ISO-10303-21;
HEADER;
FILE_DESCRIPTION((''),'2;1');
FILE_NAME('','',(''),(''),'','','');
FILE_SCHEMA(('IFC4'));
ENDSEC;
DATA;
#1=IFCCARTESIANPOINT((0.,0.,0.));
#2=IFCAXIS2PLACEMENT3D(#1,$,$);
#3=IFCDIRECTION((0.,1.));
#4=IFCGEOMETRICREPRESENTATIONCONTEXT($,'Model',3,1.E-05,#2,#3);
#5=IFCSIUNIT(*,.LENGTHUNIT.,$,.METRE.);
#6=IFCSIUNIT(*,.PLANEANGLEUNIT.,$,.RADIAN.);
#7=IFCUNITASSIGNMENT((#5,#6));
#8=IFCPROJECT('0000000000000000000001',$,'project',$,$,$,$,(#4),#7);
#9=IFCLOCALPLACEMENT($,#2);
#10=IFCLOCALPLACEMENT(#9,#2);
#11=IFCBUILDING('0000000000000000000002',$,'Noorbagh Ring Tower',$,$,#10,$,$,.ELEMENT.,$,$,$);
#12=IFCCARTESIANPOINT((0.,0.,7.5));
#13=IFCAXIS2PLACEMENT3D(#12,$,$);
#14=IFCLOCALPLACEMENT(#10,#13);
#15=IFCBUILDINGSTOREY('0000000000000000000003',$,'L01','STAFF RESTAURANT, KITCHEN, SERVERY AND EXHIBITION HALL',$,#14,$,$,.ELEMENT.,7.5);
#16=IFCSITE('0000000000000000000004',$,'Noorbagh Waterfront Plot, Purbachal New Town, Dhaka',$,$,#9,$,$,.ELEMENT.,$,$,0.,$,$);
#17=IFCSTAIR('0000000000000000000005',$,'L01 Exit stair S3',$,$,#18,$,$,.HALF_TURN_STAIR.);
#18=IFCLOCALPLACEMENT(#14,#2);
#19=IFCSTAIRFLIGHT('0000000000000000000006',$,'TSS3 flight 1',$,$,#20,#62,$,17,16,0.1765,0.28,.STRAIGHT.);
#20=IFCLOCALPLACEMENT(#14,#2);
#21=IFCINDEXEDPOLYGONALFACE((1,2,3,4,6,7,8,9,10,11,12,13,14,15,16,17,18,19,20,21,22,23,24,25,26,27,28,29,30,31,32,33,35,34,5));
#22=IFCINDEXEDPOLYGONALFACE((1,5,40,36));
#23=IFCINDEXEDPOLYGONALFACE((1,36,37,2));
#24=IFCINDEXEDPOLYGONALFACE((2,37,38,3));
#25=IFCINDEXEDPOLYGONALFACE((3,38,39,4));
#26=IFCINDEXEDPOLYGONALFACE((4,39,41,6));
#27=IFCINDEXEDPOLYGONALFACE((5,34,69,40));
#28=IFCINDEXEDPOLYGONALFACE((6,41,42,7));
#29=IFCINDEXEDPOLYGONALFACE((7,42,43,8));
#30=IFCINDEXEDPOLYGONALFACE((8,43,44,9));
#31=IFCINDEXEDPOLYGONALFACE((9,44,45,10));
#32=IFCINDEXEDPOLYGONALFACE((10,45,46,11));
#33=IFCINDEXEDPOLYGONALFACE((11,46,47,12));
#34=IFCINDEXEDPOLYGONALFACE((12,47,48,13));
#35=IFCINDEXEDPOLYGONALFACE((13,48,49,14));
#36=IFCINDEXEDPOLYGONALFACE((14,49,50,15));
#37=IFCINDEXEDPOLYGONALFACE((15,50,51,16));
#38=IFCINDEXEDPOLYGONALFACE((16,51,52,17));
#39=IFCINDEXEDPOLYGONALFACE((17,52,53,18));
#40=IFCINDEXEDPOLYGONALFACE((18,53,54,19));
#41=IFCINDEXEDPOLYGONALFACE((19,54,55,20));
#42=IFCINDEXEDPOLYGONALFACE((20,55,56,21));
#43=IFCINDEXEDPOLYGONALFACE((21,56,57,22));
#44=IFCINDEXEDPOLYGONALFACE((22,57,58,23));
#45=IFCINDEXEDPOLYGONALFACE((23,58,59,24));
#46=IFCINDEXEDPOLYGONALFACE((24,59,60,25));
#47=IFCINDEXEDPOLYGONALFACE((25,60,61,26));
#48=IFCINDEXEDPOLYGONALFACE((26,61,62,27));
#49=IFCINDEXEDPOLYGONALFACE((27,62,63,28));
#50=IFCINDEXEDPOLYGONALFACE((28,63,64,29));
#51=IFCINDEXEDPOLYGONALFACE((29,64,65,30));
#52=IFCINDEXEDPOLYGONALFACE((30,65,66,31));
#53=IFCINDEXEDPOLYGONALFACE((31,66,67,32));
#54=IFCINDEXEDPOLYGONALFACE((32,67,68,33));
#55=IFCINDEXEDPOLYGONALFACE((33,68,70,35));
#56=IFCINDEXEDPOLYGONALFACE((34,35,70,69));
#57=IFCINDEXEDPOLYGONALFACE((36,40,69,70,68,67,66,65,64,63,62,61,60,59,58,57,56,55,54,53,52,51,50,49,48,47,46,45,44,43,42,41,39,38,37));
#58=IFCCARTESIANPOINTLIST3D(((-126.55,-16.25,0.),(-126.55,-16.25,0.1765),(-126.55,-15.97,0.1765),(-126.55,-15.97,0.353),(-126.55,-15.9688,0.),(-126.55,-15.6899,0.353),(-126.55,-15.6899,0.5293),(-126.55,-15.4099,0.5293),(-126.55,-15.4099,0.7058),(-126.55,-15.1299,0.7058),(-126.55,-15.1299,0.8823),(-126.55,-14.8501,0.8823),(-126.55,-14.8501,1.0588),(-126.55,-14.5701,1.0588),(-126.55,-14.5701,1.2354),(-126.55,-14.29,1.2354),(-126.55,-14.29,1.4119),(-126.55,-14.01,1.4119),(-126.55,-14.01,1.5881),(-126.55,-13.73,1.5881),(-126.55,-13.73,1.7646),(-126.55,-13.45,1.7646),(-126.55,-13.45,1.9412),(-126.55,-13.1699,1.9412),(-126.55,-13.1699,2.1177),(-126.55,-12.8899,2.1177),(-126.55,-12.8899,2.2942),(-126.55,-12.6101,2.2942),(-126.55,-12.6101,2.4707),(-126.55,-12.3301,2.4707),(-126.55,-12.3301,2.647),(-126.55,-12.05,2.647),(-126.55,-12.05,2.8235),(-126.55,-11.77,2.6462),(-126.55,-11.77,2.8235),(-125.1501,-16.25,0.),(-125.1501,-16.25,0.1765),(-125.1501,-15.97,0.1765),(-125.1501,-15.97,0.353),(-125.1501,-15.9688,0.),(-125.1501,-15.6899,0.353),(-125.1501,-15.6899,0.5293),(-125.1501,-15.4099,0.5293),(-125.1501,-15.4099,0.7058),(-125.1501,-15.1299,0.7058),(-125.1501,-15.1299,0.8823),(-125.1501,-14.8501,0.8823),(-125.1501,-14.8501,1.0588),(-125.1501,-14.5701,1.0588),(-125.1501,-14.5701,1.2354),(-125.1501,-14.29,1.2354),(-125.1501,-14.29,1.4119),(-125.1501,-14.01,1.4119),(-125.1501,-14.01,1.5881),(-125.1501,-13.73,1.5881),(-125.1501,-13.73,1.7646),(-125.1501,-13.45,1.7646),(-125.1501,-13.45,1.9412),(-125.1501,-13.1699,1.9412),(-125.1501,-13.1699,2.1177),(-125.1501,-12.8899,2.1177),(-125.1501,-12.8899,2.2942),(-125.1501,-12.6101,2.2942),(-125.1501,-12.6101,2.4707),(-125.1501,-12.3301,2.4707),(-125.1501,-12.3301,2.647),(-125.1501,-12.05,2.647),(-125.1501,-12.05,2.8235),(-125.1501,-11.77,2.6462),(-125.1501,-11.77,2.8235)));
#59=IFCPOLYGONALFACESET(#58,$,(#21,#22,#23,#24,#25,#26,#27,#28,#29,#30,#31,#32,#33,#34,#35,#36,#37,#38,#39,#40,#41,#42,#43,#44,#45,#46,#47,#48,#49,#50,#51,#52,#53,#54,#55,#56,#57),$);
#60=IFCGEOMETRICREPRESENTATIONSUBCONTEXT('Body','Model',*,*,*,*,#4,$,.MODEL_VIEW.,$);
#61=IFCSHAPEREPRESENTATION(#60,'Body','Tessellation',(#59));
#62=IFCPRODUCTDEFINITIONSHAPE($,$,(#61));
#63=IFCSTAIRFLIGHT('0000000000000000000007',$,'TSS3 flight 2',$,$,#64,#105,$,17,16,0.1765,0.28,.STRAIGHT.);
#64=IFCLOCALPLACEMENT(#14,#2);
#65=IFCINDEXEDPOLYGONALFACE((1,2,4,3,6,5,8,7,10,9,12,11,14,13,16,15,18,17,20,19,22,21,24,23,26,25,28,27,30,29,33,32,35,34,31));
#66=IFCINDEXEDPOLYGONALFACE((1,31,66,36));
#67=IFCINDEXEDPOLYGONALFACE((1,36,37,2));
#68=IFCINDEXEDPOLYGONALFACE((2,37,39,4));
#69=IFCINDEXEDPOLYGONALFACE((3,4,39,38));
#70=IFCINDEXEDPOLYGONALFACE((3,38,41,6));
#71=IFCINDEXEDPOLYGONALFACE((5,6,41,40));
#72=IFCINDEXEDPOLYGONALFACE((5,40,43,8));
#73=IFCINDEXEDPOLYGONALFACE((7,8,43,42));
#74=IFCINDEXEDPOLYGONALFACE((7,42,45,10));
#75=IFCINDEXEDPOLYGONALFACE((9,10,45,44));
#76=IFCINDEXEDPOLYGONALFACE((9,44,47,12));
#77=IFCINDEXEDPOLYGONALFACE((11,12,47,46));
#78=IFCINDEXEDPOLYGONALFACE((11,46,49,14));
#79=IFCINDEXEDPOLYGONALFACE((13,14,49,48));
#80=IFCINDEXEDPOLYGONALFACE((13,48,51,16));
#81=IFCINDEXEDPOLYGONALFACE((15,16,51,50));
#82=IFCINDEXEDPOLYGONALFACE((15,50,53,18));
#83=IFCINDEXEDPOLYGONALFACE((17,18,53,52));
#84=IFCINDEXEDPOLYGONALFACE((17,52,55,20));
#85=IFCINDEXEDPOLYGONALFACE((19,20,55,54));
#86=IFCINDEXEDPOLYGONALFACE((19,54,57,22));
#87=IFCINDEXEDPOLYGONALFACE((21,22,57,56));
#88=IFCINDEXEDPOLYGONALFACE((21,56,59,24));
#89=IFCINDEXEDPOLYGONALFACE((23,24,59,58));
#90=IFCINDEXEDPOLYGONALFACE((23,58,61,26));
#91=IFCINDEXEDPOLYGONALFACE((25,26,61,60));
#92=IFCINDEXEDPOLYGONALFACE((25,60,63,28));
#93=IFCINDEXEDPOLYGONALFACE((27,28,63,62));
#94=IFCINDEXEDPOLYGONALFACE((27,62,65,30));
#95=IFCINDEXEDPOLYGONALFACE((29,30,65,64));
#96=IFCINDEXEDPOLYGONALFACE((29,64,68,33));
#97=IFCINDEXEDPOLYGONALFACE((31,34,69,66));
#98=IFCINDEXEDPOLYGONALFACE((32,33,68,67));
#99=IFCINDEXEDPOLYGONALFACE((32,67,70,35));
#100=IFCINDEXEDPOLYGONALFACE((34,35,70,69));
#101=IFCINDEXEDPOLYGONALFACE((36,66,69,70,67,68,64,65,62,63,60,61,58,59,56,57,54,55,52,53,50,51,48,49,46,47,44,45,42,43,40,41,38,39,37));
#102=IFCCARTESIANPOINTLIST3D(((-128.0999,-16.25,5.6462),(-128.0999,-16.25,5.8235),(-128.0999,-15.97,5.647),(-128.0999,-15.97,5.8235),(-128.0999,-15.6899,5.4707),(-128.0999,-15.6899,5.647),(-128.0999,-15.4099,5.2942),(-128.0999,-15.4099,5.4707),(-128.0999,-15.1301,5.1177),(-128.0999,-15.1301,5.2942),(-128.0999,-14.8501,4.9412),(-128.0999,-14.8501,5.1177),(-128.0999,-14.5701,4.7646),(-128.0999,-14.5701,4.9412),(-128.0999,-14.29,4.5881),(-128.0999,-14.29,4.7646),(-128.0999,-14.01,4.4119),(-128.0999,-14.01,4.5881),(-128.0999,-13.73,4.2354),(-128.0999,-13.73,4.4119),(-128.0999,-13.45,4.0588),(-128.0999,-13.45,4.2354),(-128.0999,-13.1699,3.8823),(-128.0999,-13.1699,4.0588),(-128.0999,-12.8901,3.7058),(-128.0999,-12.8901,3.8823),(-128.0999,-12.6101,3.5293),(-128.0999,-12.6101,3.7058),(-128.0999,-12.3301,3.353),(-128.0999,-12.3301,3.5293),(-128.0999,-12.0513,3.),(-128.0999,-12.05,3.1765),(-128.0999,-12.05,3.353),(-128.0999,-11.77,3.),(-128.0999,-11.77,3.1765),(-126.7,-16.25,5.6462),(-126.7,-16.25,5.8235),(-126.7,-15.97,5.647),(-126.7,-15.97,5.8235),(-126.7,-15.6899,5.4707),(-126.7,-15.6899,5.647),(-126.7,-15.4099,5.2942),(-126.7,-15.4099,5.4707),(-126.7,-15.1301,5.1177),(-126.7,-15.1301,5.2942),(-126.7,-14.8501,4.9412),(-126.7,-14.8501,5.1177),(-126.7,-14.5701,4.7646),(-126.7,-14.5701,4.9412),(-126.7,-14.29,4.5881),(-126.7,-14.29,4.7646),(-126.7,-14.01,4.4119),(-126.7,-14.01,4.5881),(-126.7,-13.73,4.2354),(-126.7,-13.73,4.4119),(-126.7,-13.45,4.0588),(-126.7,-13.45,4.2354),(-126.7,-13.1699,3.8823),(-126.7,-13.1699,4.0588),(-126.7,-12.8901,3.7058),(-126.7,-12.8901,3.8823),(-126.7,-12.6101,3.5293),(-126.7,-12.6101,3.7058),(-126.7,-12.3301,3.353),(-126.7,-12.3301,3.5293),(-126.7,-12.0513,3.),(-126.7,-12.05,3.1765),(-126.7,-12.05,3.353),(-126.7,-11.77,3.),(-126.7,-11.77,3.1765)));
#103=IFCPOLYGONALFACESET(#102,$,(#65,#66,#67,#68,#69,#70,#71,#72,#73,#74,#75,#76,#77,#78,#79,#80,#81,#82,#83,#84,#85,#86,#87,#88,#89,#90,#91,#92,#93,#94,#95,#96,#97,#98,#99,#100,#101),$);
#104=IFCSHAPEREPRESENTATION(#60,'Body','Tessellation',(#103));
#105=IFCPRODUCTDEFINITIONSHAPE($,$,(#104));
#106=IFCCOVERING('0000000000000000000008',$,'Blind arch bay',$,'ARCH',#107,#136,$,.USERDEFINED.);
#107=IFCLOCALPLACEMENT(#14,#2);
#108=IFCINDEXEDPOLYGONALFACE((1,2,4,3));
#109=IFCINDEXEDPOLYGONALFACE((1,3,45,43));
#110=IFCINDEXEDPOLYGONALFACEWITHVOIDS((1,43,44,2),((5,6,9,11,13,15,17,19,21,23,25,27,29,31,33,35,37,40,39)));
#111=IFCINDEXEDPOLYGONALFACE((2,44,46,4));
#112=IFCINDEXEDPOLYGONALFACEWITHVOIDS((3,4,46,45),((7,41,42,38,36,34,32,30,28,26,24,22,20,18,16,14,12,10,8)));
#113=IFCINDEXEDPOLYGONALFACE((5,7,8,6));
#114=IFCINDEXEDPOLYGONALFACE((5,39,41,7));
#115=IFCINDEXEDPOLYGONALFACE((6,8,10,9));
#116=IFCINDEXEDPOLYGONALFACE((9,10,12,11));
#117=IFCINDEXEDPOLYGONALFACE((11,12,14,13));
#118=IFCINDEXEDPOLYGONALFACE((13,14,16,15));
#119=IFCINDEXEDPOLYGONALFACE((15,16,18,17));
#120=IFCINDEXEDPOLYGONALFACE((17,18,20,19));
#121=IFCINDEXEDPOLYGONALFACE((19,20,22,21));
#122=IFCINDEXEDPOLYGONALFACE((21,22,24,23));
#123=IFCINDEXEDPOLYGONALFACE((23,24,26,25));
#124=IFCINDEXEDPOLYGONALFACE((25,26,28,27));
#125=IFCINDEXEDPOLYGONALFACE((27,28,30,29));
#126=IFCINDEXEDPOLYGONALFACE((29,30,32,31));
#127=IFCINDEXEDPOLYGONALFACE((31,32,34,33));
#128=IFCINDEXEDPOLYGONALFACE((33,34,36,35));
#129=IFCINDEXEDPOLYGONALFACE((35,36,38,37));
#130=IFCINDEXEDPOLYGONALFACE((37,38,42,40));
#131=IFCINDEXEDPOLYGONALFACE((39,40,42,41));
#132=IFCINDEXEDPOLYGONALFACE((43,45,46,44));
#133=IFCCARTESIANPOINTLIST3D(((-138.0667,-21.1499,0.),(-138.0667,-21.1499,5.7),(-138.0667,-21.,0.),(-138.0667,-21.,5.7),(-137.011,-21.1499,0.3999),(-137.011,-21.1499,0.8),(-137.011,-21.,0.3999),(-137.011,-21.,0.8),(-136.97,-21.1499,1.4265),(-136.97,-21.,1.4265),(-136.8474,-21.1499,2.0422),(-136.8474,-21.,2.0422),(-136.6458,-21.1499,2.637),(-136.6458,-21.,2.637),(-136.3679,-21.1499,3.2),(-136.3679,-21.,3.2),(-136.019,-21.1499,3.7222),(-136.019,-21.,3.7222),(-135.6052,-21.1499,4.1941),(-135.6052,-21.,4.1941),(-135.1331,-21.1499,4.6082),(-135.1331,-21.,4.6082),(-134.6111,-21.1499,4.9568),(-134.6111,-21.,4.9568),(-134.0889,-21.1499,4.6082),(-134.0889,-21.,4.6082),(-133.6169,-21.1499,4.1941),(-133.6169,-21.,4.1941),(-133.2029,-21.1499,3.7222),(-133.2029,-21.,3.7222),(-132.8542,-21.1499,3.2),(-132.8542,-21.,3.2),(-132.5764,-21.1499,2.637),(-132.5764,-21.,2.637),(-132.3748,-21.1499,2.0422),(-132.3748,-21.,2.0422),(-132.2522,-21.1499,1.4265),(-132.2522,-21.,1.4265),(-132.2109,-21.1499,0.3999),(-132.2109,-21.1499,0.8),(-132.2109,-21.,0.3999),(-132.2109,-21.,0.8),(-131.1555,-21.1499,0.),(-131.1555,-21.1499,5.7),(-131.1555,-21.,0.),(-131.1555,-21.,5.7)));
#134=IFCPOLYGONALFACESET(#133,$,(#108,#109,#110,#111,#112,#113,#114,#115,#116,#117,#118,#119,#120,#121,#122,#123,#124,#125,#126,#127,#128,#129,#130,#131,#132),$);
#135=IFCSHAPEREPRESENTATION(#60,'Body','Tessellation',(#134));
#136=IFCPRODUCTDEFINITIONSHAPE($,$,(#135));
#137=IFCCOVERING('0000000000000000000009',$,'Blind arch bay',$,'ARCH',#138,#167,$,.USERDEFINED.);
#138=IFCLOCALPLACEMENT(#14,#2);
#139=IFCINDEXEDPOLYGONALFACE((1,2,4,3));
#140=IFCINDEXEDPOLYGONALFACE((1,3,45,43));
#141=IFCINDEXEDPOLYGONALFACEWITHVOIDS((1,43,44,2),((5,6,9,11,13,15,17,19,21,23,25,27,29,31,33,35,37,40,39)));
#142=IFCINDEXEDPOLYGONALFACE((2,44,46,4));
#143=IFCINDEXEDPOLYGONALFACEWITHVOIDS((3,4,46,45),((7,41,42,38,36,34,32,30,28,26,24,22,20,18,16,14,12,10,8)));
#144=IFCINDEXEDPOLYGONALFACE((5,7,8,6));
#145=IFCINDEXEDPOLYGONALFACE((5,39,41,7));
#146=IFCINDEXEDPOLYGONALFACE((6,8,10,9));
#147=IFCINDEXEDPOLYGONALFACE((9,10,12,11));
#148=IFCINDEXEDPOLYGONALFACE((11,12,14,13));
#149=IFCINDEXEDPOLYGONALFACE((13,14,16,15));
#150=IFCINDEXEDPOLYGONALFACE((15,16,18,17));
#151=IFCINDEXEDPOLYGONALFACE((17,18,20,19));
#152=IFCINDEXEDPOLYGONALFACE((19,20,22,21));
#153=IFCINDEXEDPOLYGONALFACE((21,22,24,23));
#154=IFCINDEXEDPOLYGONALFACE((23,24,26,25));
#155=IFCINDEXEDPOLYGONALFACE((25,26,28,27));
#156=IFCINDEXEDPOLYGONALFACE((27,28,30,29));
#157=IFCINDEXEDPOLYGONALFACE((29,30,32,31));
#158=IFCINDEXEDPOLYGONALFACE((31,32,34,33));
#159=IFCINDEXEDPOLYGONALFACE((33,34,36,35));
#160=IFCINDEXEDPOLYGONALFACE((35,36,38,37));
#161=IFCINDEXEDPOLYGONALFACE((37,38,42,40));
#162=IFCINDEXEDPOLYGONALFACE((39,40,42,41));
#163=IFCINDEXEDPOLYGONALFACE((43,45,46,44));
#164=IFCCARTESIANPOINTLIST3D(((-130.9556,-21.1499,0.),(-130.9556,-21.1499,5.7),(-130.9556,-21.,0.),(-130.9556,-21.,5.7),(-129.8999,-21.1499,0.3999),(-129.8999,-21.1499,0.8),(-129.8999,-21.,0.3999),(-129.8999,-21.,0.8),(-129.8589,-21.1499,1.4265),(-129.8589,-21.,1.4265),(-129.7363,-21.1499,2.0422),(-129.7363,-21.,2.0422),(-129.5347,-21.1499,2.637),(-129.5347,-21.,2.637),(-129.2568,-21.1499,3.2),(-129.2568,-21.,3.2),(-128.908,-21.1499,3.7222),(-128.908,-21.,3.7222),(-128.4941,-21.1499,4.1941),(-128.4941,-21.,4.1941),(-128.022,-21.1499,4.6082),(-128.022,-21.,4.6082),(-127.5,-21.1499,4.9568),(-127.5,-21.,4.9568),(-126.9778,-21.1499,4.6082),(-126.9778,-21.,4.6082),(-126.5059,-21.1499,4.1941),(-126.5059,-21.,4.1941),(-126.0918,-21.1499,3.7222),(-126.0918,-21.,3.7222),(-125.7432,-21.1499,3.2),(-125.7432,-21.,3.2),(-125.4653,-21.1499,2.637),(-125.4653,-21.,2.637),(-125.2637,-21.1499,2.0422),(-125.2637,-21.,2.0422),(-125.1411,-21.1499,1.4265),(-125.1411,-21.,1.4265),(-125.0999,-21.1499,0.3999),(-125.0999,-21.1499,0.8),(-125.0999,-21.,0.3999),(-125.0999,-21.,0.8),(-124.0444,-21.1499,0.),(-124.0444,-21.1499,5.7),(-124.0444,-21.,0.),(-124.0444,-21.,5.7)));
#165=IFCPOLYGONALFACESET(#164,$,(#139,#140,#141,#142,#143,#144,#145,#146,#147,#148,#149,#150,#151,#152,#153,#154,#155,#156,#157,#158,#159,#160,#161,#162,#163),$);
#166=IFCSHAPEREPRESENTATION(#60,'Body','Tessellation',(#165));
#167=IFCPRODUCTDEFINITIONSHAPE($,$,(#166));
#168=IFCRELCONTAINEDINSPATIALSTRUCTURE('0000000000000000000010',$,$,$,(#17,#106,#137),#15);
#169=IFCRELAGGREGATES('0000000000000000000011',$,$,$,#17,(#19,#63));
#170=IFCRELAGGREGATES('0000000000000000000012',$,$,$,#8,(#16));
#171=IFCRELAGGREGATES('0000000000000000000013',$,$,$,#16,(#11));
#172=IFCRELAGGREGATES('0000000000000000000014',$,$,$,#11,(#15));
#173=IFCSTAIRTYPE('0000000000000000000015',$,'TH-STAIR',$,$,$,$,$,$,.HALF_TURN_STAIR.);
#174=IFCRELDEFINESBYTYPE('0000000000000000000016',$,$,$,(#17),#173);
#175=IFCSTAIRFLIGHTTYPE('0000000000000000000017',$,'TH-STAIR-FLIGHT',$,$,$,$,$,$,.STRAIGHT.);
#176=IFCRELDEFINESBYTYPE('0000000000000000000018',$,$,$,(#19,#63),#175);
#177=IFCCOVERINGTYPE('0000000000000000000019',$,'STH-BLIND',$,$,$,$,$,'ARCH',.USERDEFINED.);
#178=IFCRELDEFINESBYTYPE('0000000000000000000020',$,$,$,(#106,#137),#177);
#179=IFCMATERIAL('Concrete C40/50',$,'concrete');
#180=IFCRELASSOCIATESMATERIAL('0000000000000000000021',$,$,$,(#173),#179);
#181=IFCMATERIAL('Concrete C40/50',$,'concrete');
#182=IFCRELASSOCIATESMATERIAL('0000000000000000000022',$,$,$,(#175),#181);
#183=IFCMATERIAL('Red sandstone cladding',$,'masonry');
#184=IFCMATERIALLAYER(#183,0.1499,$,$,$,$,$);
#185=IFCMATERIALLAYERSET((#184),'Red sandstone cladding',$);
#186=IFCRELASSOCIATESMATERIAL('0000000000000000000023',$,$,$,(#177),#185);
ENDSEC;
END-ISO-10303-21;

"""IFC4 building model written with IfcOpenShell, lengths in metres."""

from ifc_helpers import new_model, si_unit, direction, frame, origin, place, context, subcontext, project, spatial, polyline, outline, extrude, material, layer, layer_set, type_object, element, aggregate, save


model = new_model("IFC4")

# Units and contexts
model_context = context("Model", 3, precision=1e-05, world=origin(), true_north=direction((0.0, 1.0)))
body_context = subcontext(model_context, "Body", "Model", "MODEL_VIEW")
ifc_project = project(units=[si_unit("LENGTHUNIT", "METRE"), si_unit("PLANEANGLEUNIT", "RADIAN")], contexts=[model_context])

# Site, building, storey
site_placement = place(None, origin())
site = spatial("IfcSite", under=ifc_project, at=site_placement, Name="Noorbagh Waterfront Plot, Purbachal New Town, Dhaka", CompositionType="ELEMENT", RefElevation=0.0)
building_placement = place(site_placement, origin())
building = spatial("IfcBuilding", under=site, at=building_placement, Name="Noorbagh Ring Tower", CompositionType="ELEMENT")
storey_placement = place(building_placement, frame((0.0, 0.0, 7.5)))
storey = spatial("IfcBuildingStorey", under=building, at=storey_placement, Name="L01", Description="STAFF RESTAURANT, KITCHEN, SERVERY AND EXHIBITION HALL", CompositionType="ELEMENT", Elevation=7.5)

# Shared definitions
ifc_material_1 = material(Name="Concrete C40/50", Category="concrete")
stair_type = type_object("IfcStairType", Name="TH-STAIR", PredefinedType="HALF_TURN_STAIR", material=ifc_material_1)
ifc_material_2 = material(Name="Concrete C40/50", Category="concrete")
stair_flight_type = type_object("IfcStairFlightType", Name="TH-STAIR-FLIGHT", PredefinedType="STRAIGHT", material=ifc_material_2)

# Stair, stair flights
stair_1_placement = place(storey_placement, origin())
stair_1 = element("IfcStair", 1, at=stair_1_placement, inside=storey, type_object=stair_type, Name="L01 Exit stair S3", PredefinedType="HALF_TURN_STAIR")
stair_flight_1_placement = place(storey_placement, frame((-125.8501, -16.25, 0.0), z_axis=(0.0, 0.0, 1.0), x_axis=(0.0, 1.0, 0.0)))
stair_flight_1 = element("IfcStairFlight", 2, at=stair_flight_1_placement, type_object=stair_flight_type, Name="TSS3 flight 1", NumberOfRisers=17, NumberOfTreads=16, PredefinedType="STRAIGHT", RiserHeight=0.1765, TreadLength=0.28, context=body_context, shape_type="SweptSolid", body=[
    extrude(outline(polyline([(0.0, 0.0), (0.0, 0.1765), (0.28, 0.1765), (0.28, 0.353), (0.5601, 0.353), (0.5601, 0.5293), (0.8401, 0.5293), (0.8401, 0.7058), (1.1201, 0.7058), (1.1201, 0.8823), (1.3999, 0.8823), (1.3999, 1.0588), (1.6799, 1.0588), (1.6799, 1.2354), (1.96, 1.2354), (1.96, 1.4119), (2.24, 1.4119), (2.24, 1.5881), (2.52, 1.5881), (2.52, 1.7646), (2.8, 1.7646), (2.8, 1.9412), (3.0801, 1.9412), (3.0801, 2.1177), (3.3601, 2.1177), (3.3601, 2.2942), (3.6399, 2.2942), (3.6399, 2.4707), (3.9199, 2.4707), (3.9199, 2.647), (4.2, 2.647), (4.2, 2.8235), (4.48, 2.8235), (4.48, 3.0), (4.48, 2.6462), (0.2812, 0.0), (0.0, 0.0)])), frame((0.0, 0.7, 0.0), z_axis=(0.0, -1.0, 0.0), x_axis=(1.0, 0.0, 0.0)), (0.0, 0.0, 1.0), 1.3999),
])
stair_flight_2_placement = place(storey_placement, frame((-127.3999, -11.77, 3.0), z_axis=(0.0, 0.0, 1.0), x_axis=(0.0, -1.0, 0.0)))
stair_flight_2 = element("IfcStairFlight", 3, at=stair_flight_2_placement, type_object=stair_flight_type, Name="TSS3 flight 2", NumberOfRisers=17, NumberOfTreads=16, PredefinedType="STRAIGHT", RiserHeight=0.1765, TreadLength=0.28, context=body_context, shape_type="SweptSolid", body=[
    extrude(outline(polyline([(0.0, 0.0), (0.0, 0.1765), (0.28, 0.1765), (0.28, 0.353), (0.5601, 0.353), (0.5601, 0.5293), (0.8401, 0.5293), (0.8401, 0.7058), (1.1201, 0.7058), (1.1201, 0.8823), (1.3999, 0.8823), (1.3999, 1.0588), (1.6799, 1.0588), (1.6799, 1.2354), (1.96, 1.2354), (1.96, 1.4119), (2.24, 1.4119), (2.24, 1.5881), (2.52, 1.5881), (2.52, 1.7646), (2.8, 1.7646), (2.8, 1.9412), (3.0801, 1.9412), (3.0801, 2.1177), (3.3601, 2.1177), (3.3601, 2.2942), (3.6399, 2.2942), (3.6399, 2.4707), (3.9199, 2.4707), (3.9199, 2.647), (4.2, 2.647), (4.2, 2.8235), (4.48, 2.8235), (4.48, 3.0), (4.48, 2.6462), (0.2812, 0.0), (0.0, 0.0)])), frame((0.0, 0.7, 0.0), z_axis=(0.0, -1.0, 0.0), x_axis=(1.0, 0.0, 0.0)), (0.0, 0.0, 1.0), 1.3999),
])
aggregate(stair_1, [stair_flight_1, stair_flight_2])

# Coverings
ifc_material_3 = material(Name="Red sandstone cladding", Category="masonry")
ifc_layer_1 = layer(ifc_material_3, 0.1499)
ifc_layer_set_1 = layer_set([ifc_layer_1], Name="Red sandstone cladding")
covering_type = type_object("IfcCoveringType", Name="STH-BLIND", ElementType="ARCH", PredefinedType="USERDEFINED", material=ifc_layer_set_1)
for number, where, z_axis, x_axis, name in (
    (4, (-138.0667, -21.1499, 0.0), (0.0, -1.0, 0.0), (1.0, 0.0, 0.0), "Blind arch bay"),
    (5, (-130.9556, -21.1499, 0.0), (0.0, -1.0, 0.0), (1.0, 0.0, 0.0), "Blind arch bay"),
):
    element("IfcCovering", number, at=place(storey_placement, frame(where, z_axis=z_axis, x_axis=x_axis)), inside=storey, type_object=covering_type, Name=name, ObjectType="ARCH", PredefinedType="USERDEFINED", context=body_context, shape_type="SweptSolid", body=[
        extrude(outline(polyline([(0.0, 0.0), (6.9111, 0.0), (6.9111, 5.7), (0.0, 5.7), (0.0, 0.0)]), holes=[polyline([(1.0557, 0.3999), (1.0557, 0.8), (1.0967, 1.4265), (1.2192, 2.0422), (1.4209, 2.637), (1.6987, 3.2), (2.0476, 3.7222), (2.4614, 4.1941), (2.9336, 4.6082), (3.4556, 4.9568), (3.9778, 4.6082), (4.4497, 4.1941), (4.8638, 3.7222), (5.2124, 3.2), (5.4902, 2.637), (5.6919, 2.0422), (5.8145, 1.4265), (5.8557, 0.8), (5.8557, 0.3999), (1.0557, 0.3999)])]), origin(), (0.0, 0.0, -1.0), 0.1499),
    ])

save(model, "model.ifc")
